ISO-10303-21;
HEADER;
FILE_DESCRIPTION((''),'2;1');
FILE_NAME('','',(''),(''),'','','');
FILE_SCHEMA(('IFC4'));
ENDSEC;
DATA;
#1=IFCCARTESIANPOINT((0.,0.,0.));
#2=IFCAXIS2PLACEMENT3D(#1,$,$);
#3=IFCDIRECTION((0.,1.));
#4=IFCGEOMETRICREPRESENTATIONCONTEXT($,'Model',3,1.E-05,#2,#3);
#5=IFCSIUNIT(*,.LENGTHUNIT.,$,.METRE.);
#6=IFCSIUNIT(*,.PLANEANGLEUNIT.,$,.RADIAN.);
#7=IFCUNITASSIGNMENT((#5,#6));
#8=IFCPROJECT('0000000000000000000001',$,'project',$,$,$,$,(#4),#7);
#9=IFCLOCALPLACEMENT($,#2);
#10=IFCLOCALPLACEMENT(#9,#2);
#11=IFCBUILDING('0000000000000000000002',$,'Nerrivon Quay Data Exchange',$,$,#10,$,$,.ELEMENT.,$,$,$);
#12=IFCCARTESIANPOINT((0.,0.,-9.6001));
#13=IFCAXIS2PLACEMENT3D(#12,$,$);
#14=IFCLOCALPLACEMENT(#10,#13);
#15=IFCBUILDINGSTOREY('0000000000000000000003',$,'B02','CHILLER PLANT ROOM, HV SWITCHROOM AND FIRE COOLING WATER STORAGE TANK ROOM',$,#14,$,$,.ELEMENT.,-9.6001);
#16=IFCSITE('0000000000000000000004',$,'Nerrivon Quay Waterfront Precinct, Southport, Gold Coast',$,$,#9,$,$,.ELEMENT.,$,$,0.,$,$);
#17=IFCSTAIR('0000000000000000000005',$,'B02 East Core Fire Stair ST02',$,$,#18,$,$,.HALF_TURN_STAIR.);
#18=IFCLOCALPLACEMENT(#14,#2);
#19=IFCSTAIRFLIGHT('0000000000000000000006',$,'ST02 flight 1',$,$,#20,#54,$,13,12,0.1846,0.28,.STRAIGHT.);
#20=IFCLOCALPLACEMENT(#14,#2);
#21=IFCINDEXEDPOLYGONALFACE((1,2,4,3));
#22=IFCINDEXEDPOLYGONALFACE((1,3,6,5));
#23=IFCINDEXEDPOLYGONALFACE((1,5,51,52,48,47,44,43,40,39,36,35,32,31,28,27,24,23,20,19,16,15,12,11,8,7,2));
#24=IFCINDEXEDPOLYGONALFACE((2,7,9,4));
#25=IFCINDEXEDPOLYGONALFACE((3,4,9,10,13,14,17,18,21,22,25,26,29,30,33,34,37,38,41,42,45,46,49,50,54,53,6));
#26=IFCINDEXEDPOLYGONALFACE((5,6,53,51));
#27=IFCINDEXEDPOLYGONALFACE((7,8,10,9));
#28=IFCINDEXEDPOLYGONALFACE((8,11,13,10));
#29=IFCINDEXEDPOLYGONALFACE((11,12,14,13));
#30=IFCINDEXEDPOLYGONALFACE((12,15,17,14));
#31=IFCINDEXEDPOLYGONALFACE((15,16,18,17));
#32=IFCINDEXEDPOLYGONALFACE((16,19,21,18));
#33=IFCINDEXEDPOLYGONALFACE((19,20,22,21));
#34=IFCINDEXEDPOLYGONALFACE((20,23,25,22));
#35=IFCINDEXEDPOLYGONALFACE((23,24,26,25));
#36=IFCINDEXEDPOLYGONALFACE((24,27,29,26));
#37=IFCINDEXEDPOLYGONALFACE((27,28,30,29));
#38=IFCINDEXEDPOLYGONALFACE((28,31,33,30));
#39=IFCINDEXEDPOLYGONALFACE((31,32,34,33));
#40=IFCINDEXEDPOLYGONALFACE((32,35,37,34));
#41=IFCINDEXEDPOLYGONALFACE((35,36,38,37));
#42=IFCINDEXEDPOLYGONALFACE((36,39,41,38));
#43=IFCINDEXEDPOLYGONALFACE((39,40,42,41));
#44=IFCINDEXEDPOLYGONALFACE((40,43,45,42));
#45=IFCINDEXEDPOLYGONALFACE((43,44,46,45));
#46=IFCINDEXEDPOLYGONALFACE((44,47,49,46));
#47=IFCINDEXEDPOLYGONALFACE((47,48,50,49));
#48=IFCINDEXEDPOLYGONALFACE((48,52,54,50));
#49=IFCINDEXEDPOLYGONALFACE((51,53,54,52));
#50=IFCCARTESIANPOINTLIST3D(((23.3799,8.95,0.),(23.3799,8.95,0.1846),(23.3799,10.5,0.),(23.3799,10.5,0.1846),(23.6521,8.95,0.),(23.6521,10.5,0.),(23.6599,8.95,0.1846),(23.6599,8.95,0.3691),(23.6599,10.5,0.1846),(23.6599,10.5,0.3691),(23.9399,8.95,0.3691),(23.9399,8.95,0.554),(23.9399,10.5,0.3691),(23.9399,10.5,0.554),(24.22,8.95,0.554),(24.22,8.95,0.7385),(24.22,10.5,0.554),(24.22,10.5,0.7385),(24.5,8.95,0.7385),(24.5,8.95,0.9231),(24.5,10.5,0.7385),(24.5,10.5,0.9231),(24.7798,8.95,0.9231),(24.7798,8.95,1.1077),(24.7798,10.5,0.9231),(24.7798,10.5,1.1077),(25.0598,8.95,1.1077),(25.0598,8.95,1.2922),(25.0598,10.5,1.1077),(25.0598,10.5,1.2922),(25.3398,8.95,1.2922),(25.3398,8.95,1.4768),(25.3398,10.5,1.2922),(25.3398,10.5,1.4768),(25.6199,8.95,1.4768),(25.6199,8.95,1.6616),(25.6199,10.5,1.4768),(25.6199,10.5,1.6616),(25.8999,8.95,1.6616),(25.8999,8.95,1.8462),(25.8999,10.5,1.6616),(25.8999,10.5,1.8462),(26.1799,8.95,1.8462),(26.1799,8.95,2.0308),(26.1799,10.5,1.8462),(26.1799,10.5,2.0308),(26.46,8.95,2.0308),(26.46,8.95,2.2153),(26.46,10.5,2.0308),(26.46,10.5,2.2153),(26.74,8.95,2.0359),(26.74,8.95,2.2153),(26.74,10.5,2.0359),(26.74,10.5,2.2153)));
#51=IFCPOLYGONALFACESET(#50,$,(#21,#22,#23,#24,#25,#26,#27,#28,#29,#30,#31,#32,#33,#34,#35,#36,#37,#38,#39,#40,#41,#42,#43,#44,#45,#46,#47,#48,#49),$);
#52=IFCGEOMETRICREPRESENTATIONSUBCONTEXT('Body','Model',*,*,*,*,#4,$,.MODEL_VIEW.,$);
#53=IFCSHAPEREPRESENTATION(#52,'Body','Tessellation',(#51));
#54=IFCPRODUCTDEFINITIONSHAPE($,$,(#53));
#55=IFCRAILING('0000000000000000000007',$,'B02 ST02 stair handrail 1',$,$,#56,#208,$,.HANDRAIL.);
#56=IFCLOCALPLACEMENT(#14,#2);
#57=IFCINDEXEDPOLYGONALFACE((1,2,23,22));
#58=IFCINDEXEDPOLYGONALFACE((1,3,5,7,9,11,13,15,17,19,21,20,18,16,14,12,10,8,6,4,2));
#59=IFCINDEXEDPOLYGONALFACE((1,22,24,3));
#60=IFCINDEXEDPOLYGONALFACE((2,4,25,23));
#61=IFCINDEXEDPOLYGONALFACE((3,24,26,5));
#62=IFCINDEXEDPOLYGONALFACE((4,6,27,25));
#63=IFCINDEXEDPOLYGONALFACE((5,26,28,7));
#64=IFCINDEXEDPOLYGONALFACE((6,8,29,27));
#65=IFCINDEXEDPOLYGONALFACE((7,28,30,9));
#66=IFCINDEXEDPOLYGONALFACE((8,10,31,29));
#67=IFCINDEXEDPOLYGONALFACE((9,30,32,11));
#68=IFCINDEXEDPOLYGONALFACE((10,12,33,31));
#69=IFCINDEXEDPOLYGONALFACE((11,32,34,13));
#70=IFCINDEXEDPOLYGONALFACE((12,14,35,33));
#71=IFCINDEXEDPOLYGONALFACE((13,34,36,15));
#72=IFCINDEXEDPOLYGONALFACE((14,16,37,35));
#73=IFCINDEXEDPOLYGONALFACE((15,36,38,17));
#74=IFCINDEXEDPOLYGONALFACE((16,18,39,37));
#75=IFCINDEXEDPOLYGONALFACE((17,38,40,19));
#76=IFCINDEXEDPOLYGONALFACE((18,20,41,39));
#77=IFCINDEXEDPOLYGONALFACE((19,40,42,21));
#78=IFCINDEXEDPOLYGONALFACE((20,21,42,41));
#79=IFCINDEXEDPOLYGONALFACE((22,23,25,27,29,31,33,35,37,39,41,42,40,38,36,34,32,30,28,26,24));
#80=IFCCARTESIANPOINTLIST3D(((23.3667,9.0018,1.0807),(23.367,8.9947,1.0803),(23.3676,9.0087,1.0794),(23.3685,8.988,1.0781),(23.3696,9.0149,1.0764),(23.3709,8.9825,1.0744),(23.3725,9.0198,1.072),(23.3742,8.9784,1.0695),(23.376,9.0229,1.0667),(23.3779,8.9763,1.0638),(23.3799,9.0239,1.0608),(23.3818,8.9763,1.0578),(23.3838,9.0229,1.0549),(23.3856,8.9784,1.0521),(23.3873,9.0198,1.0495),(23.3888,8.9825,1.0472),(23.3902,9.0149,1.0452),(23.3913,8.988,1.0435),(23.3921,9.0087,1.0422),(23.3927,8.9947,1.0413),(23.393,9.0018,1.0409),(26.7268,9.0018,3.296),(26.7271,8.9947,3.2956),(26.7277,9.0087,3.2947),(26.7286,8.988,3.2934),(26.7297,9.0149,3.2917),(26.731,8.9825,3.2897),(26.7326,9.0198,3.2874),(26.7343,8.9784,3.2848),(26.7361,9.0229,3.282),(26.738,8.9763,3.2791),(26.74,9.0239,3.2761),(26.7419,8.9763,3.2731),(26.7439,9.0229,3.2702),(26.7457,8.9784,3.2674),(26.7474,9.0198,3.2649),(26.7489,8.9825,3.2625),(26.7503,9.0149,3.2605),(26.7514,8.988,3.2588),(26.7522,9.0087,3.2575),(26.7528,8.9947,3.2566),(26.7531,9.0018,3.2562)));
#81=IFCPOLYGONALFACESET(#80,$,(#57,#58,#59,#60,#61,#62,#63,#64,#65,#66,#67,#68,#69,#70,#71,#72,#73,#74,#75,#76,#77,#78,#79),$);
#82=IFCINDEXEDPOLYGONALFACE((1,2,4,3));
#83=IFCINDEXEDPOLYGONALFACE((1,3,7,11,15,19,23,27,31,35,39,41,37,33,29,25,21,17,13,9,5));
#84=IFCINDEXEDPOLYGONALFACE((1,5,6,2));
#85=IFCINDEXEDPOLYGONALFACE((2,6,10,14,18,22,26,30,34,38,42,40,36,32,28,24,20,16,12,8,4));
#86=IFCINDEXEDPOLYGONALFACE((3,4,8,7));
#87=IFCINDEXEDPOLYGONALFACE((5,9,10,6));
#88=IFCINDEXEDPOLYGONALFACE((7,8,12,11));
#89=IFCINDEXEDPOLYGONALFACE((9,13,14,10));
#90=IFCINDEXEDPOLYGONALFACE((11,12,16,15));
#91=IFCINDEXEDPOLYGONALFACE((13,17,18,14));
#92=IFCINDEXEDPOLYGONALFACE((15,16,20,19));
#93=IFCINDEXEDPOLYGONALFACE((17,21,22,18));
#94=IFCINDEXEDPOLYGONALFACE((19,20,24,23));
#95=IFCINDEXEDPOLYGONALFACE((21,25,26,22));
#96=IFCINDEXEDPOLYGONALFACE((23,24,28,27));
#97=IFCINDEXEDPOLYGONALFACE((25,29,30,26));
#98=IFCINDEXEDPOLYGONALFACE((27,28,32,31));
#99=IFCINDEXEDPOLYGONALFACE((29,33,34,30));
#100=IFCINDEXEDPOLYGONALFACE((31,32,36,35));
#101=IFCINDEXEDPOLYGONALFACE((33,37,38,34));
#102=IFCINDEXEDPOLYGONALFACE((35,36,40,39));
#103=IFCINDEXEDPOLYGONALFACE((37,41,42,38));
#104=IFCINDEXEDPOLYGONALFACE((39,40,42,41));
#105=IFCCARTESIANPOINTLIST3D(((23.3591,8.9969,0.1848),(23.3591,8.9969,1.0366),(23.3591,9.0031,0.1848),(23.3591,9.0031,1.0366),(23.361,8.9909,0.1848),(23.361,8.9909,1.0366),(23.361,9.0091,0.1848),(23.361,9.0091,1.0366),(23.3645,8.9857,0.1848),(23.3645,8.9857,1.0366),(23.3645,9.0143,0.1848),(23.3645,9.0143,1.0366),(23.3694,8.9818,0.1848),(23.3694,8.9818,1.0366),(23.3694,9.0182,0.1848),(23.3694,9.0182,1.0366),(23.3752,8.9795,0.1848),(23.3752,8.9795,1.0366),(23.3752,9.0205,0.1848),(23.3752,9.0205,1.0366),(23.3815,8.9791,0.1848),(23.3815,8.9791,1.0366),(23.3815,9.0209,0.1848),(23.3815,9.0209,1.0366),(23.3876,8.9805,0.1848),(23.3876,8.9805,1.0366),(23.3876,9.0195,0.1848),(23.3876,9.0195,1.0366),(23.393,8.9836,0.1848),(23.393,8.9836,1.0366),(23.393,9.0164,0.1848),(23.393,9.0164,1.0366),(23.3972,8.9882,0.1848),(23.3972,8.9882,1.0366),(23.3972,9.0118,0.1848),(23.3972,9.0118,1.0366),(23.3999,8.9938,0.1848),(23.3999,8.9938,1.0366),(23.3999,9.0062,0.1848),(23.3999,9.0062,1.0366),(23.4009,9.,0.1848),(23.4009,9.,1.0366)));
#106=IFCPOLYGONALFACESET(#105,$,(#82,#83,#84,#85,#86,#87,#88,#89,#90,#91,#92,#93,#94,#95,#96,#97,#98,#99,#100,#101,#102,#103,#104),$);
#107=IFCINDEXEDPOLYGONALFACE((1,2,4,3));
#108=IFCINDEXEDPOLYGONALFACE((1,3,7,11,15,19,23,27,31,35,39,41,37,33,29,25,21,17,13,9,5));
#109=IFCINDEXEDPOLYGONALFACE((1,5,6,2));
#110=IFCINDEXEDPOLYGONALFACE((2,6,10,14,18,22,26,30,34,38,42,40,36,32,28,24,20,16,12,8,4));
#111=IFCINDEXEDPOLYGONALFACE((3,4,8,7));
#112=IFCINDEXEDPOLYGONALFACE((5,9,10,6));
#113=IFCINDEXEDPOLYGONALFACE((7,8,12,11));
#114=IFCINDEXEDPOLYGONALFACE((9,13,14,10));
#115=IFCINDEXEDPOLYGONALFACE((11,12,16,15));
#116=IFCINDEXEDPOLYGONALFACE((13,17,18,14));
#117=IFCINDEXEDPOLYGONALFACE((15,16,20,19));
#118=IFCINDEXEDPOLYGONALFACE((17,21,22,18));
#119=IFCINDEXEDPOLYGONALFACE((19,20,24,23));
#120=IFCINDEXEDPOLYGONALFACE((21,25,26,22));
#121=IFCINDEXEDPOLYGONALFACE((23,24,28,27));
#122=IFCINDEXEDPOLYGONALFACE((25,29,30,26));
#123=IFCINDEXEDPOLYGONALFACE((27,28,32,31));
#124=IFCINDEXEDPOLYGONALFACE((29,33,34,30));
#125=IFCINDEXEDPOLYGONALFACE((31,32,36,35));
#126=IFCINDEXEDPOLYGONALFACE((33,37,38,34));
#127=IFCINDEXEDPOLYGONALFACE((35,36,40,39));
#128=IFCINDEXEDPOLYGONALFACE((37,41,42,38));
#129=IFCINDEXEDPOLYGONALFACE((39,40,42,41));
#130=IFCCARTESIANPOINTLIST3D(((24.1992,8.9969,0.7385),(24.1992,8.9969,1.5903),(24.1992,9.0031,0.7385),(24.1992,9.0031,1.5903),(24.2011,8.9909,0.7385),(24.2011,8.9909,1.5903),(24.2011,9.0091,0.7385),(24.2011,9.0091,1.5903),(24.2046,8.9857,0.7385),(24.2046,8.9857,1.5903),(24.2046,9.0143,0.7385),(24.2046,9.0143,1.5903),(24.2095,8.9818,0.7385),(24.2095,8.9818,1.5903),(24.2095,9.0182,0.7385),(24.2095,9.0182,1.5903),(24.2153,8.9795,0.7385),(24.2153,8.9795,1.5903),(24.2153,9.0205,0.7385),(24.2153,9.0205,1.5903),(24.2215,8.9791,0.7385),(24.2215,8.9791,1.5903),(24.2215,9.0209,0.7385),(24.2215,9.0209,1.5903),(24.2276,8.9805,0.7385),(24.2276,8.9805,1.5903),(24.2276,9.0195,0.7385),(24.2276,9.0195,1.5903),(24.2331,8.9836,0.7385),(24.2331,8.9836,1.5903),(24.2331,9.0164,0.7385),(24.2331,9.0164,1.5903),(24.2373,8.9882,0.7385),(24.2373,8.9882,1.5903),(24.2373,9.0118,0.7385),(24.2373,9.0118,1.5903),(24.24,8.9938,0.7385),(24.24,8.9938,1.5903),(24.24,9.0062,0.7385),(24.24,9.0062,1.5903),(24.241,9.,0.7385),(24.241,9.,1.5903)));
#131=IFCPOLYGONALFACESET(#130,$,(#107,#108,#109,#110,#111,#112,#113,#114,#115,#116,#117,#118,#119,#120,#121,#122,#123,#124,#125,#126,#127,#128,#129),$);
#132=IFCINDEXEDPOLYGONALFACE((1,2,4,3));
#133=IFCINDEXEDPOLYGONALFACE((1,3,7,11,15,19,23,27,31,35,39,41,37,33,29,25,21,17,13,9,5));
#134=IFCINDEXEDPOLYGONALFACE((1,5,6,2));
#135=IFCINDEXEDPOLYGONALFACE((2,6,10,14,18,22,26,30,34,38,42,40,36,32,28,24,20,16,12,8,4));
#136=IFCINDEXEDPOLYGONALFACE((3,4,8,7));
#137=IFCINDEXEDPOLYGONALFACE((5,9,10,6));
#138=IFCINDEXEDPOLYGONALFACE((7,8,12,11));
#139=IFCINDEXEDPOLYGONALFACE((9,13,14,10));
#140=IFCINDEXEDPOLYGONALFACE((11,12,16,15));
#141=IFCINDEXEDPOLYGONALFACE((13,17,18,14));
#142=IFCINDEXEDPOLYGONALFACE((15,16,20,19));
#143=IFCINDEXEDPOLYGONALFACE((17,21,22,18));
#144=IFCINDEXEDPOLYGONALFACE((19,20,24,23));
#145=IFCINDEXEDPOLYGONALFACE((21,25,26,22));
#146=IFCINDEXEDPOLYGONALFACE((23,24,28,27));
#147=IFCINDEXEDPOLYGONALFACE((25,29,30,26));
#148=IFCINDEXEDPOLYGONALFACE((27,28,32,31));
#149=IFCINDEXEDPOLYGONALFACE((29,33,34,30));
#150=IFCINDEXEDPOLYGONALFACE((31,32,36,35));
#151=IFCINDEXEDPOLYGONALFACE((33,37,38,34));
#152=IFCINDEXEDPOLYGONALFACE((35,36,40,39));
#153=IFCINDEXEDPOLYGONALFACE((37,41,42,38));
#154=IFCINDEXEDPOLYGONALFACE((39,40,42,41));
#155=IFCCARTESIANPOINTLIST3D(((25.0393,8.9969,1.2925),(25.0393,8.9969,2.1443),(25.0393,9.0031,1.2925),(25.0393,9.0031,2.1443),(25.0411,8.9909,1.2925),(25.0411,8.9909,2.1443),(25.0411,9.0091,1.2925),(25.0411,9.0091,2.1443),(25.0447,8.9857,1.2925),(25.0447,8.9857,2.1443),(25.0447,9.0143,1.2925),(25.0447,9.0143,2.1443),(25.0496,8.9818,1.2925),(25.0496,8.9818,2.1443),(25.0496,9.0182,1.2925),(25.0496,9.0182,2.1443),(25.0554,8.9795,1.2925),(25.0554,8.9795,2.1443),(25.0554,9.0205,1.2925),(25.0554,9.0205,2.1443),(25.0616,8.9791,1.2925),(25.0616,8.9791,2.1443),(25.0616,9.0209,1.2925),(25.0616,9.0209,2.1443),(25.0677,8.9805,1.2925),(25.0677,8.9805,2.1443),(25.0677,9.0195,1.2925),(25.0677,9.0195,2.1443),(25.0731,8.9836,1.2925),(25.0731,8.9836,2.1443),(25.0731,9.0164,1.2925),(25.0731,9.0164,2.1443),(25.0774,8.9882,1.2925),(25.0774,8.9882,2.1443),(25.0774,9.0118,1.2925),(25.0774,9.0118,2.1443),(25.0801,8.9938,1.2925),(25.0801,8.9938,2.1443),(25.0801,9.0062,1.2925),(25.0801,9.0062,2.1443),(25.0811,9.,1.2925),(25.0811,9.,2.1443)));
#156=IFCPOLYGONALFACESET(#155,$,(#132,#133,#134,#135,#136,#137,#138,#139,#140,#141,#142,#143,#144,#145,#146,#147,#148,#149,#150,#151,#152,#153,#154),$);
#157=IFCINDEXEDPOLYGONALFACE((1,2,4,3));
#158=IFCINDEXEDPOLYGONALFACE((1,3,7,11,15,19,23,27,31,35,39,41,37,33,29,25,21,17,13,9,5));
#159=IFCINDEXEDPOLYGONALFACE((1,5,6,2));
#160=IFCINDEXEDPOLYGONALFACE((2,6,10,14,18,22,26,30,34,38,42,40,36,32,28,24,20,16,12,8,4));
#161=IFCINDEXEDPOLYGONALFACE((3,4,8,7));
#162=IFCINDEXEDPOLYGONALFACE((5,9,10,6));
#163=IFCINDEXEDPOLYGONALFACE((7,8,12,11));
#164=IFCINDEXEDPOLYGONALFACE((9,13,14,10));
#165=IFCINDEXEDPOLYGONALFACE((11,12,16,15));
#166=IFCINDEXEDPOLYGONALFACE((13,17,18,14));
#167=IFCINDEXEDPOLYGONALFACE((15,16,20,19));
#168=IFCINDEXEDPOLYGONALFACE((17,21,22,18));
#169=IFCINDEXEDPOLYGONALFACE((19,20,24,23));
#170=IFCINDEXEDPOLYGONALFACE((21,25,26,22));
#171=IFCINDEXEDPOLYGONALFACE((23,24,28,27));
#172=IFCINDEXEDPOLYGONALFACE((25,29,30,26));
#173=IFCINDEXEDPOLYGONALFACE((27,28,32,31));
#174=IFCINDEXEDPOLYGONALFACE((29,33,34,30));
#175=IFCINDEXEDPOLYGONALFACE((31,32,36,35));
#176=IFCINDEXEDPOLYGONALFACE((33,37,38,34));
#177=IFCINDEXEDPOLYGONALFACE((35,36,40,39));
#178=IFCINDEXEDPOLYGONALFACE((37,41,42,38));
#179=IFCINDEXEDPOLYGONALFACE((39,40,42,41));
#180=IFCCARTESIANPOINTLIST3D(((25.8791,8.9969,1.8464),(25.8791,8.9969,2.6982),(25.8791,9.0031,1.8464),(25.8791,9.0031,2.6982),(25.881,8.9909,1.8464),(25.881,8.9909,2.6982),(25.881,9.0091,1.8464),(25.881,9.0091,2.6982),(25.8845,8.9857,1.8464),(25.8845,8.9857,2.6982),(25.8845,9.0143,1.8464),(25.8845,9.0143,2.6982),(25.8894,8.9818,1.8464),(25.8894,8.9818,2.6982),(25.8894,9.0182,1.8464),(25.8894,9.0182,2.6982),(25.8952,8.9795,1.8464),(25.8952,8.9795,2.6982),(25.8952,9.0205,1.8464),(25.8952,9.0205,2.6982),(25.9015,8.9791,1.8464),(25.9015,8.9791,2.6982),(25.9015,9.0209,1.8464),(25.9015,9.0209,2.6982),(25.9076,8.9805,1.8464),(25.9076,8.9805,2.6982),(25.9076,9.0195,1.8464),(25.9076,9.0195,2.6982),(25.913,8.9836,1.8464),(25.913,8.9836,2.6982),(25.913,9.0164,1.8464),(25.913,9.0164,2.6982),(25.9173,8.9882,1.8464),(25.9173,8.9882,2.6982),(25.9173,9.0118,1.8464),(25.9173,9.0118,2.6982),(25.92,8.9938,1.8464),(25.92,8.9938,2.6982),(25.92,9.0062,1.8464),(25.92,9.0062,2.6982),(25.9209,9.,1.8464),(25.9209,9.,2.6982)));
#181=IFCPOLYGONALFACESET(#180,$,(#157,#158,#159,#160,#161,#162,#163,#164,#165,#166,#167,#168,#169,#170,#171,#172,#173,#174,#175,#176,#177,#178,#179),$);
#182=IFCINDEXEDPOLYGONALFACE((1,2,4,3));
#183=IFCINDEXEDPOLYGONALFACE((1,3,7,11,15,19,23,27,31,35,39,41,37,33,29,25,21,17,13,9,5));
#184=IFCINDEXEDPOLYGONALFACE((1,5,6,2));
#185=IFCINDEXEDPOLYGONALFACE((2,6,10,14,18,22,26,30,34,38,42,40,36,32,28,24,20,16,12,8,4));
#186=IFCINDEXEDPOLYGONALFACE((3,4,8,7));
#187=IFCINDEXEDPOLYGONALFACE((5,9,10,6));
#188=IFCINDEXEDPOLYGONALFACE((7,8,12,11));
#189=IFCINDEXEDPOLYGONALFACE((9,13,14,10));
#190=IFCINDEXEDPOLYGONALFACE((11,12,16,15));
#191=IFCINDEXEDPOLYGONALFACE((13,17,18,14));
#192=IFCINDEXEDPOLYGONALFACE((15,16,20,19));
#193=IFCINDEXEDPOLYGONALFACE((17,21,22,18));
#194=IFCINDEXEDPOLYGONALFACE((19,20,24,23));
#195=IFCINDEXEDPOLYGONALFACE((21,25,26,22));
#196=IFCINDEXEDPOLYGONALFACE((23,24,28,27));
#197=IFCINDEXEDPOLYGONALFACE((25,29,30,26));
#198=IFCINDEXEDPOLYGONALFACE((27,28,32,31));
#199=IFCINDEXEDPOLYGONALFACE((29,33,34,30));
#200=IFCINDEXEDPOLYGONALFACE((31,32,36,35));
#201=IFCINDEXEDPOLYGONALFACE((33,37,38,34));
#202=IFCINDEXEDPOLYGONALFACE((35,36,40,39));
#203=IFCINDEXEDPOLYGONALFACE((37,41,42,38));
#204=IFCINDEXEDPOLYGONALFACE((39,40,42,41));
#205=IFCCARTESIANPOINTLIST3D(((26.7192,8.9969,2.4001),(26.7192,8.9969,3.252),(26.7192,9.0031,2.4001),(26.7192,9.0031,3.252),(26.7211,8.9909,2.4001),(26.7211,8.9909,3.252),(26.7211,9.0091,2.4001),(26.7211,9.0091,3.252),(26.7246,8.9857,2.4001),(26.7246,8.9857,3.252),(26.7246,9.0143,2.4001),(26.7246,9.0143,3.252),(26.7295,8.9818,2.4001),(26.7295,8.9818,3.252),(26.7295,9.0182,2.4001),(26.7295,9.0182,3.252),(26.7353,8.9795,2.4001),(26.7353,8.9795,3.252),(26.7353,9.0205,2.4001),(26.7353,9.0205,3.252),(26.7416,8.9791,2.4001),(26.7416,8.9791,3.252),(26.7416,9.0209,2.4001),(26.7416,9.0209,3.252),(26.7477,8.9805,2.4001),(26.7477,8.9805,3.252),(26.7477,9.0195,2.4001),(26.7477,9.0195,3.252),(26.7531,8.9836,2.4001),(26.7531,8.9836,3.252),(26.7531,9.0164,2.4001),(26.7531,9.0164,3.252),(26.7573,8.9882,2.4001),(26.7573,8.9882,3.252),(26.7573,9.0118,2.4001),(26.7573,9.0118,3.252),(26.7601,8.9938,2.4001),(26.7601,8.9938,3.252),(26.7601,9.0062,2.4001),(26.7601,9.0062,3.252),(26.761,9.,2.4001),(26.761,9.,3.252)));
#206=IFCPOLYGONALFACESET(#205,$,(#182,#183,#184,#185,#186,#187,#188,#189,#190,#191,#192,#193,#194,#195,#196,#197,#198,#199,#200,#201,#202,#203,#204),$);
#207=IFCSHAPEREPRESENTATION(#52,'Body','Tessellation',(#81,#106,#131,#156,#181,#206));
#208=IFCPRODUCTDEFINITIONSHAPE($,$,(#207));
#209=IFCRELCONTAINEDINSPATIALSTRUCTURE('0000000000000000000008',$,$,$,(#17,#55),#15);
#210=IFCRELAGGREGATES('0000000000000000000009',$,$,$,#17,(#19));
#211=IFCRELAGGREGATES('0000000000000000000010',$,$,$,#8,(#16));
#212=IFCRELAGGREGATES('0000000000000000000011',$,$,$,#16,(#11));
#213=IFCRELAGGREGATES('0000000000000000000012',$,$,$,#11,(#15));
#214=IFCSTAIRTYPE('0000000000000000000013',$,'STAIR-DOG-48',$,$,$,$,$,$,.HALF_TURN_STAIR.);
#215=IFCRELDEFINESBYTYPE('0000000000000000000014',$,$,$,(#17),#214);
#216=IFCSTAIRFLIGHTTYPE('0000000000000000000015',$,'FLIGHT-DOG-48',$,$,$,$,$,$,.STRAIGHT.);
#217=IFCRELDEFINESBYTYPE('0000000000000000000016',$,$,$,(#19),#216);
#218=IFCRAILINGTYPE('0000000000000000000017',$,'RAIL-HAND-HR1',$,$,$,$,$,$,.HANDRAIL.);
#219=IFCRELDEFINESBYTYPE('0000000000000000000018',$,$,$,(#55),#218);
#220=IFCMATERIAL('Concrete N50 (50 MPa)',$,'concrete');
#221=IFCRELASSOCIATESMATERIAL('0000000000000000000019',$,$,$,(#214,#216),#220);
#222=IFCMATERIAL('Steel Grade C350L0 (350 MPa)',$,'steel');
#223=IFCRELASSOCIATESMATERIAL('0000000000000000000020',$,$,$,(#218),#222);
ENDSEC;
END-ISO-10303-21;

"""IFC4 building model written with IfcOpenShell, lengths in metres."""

from ifc_helpers import new_model, si_unit, direction, frame, origin, origin_2d, place, context, subcontext, project, spatial, polyline, circle, outline, extrude, material, type_object, element, aggregate, save


model = new_model("IFC4")

# Units and contexts
model_context = context("Model", 3, precision=1e-05, world=origin(), true_north=direction((0.0, 1.0)))
body_context = subcontext(model_context, "Body", "Model", "MODEL_VIEW")
ifc_project = project(units=[si_unit("LENGTHUNIT", "METRE"), si_unit("PLANEANGLEUNIT", "RADIAN")], contexts=[model_context])

# Site, building, storey
site_placement = place(None, origin())
site = spatial("IfcSite", under=ifc_project, at=site_placement, Name="Nerrivon Quay Waterfront Precinct, Southport, Gold Coast", CompositionType="ELEMENT", RefElevation=0.0)
building_placement = place(site_placement, origin())
building = spatial("IfcBuilding", under=site, at=building_placement, Name="Nerrivon Quay Data Exchange", CompositionType="ELEMENT")
storey_placement = place(building_placement, frame((0.0, 0.0, -9.6001)))
storey = spatial("IfcBuildingStorey", under=building, at=storey_placement, Name="B02", Description="CHILLER PLANT ROOM, HV SWITCHROOM AND FIRE COOLING WATER STORAGE TANK ROOM", CompositionType="ELEMENT", Elevation=-9.6001)

# Shared definitions
ifc_material_1 = material(Name="Concrete N50 (50 MPa)", Category="concrete")

# Stair, stair flight
stair_type = type_object("IfcStairType", Name="STAIR-DOG-48", PredefinedType="HALF_TURN_STAIR", material=ifc_material_1)
stair_placement = place(storey_placement, origin())
stair = element("IfcStair", 1, at=stair_placement, inside=storey, type_object=stair_type, Name="B02 East Core Fire Stair ST02", PredefinedType="HALF_TURN_STAIR")
stair_flight_type = type_object("IfcStairFlightType", Name="FLIGHT-DOG-48", PredefinedType="STRAIGHT", material=ifc_material_1)
stair_flight_placement = place(storey_placement, frame((23.3799, 9.7251, 0.0), z_axis=(0.0, 0.0, 1.0), x_axis=(1.0, 0.0, 0.0)))
stair_flight = element("IfcStairFlight", 2, at=stair_flight_placement, type_object=stair_flight_type, Name="ST02 flight 1", NumberOfRisers=13, NumberOfTreads=12, PredefinedType="STRAIGHT", RiserHeight=0.1846, TreadLength=0.28, context=body_context, shape_type="SweptSolid", body=[
    extrude(outline(polyline([(0.0, 0.0), (0.0, 0.1846), (0.28, 0.1846), (0.28, 0.3691), (0.5601, 0.3691), (0.5601, 0.554), (0.8401, 0.554), (0.8401, 0.7385), (1.1201, 0.7385), (1.1201, 0.9231), (1.3999, 0.9231), (1.3999, 1.1077), (1.6799, 1.1077), (1.6799, 1.2922), (1.96, 1.2922), (1.96, 1.4768), (2.24, 1.4768), (2.24, 1.6616), (2.52, 1.6616), (2.52, 1.8462), (2.8, 1.8462), (2.8, 2.0308), (3.0801, 2.0308), (3.0801, 2.2153), (3.3601, 2.2153), (3.3601, 2.3999), (3.3601, 2.0359), (0.2722, 0.0), (0.0, 0.0)])), frame((0.0, 0.7749, 0.0), z_axis=(0.0, -1.0, 0.0), x_axis=(1.0, 0.0, 0.0)), (0.0, 0.0, 1.0), 1.55),
])
aggregate(stair, [stair_flight])

# Railing
ifc_material_2 = material(Name="Steel Grade C350L0 (350 MPa)", Category="steel")
railing_type_1 = type_object("IfcRailingType", Name="RAIL-HAND-HR1", PredefinedType="HANDRAIL", material=ifc_material_2)
railing_1_placement = place(storey_placement, frame((23.3799, 9.0, 0.1848)))
element("IfcRailing", 3, at=railing_1_placement, inside=storey, type_object=railing_type_1, Name="B02 ST02 stair handrail 1", PredefinedType="HANDRAIL", context=body_context, shape_type="SweptSolid", body=[
    extrude(circle(Radius=0.0239, at=origin_2d()), frame((0.0, 0.0, 0.876), z_axis=(0.834876, 0.0, 0.550437), x_axis=(0.0, 1.0, 0.0)), (0.0, 0.0, 1.0), 4.0247),
    extrude(circle(Radius=0.021, at=origin_2d()), origin(), (0.0, 0.0, 1.0), 0.8518),
    extrude(circle(Radius=0.021, at=origin_2d()), frame((0.8401, 0.0, 0.5537)), (0.0, 0.0, 1.0), 0.8518),
    extrude(circle(Radius=0.021, at=origin_2d()), frame((1.6802, 0.0, 1.1077)), (0.0, 0.0, 1.0), 0.8518),
    extrude(circle(Radius=0.021, at=origin_2d()), frame((2.52, 0.0, 1.6616)), (0.0, 0.0, 1.0), 0.8518),
    extrude(circle(Radius=0.021, at=origin_2d()), frame((3.3601, 0.0, 2.2153)), (0.0, 0.0, 1.0), 0.8518),
])

save(model, "model.ifc")
